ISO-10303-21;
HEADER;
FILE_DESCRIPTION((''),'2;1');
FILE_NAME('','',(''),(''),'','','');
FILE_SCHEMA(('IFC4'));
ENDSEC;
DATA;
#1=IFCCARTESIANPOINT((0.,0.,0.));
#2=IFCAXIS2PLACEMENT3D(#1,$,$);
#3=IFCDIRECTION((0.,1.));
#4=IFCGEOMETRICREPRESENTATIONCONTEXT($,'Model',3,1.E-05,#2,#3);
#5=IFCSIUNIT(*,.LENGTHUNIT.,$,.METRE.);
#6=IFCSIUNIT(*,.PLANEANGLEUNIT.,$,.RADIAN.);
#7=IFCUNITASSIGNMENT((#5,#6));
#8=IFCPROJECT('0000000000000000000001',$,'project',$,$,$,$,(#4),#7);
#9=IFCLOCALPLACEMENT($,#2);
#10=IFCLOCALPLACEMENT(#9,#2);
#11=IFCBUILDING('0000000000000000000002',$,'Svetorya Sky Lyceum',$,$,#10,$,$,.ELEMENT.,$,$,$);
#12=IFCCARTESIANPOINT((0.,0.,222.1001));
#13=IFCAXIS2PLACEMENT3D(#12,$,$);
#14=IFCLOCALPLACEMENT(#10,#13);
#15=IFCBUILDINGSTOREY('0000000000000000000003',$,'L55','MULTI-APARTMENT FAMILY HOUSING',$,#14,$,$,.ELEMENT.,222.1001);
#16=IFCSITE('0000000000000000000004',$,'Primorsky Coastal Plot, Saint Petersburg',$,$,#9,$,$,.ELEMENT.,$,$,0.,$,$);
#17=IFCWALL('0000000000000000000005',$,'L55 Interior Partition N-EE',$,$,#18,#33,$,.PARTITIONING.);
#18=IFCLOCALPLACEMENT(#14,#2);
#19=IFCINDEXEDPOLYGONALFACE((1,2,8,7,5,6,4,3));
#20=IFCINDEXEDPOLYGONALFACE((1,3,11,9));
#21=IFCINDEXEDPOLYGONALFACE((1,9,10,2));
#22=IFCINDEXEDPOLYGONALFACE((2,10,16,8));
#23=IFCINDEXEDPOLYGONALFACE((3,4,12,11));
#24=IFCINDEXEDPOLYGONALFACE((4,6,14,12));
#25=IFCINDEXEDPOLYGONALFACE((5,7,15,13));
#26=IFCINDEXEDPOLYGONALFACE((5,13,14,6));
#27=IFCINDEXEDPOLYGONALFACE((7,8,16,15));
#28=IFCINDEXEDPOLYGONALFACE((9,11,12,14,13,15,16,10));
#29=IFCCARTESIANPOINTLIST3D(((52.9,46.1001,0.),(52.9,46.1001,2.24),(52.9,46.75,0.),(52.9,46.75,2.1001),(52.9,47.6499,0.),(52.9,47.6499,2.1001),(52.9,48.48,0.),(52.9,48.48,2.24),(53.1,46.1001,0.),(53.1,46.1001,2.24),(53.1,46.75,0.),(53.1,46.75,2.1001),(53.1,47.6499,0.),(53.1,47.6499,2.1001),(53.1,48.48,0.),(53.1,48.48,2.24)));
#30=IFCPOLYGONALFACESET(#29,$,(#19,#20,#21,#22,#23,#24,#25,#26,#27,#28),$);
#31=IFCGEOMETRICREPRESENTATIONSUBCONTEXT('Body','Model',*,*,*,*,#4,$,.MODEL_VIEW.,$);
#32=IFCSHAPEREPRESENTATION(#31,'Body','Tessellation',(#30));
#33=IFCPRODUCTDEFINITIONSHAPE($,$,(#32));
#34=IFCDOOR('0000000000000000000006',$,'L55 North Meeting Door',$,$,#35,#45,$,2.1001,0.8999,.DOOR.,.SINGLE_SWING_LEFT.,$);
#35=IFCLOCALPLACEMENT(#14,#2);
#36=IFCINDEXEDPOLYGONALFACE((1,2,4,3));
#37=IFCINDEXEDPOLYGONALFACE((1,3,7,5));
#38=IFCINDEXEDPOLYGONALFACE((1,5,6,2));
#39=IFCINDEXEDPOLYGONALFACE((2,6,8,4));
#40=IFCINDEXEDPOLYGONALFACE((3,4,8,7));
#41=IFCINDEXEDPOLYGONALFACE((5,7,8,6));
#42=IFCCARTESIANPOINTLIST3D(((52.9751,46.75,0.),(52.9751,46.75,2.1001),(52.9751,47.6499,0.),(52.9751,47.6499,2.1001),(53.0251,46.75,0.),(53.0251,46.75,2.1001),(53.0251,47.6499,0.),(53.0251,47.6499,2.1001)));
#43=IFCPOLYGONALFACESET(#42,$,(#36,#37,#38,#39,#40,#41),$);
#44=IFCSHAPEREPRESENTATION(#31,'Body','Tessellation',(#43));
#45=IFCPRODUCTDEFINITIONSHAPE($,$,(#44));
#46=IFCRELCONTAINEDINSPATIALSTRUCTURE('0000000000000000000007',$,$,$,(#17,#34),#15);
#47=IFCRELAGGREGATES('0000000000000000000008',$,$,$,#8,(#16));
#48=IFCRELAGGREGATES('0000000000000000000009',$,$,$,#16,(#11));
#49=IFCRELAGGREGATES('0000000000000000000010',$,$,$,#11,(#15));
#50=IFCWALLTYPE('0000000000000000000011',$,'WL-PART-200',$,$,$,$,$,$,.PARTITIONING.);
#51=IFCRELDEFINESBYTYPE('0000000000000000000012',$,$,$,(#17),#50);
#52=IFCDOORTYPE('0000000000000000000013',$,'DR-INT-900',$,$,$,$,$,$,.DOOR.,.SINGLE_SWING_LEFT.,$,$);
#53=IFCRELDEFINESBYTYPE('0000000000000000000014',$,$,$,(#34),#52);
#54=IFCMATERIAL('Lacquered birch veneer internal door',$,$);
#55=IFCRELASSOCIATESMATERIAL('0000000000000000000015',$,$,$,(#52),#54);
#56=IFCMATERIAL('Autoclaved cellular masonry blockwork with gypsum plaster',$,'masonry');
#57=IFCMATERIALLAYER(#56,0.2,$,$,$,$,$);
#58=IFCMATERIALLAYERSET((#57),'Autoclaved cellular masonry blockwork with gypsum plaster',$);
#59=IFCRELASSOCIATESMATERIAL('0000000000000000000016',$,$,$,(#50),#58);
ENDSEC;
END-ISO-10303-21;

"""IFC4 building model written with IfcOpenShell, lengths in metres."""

from ifc_helpers import new_model, si_unit, direction, frame, frame_2d, origin, place, context, subcontext, project, spatial, rectangle, extrude, material, layer, layer_set, type_object, element, fill, save


model = new_model("IFC4")

# Units and contexts
model_context = context("Model", 3, precision=1e-05, world=origin(), true_north=direction((0.0, 1.0)))
body_context = subcontext(model_context, "Body", "Model", "MODEL_VIEW")
ifc_project = project(units=[si_unit("LENGTHUNIT", "METRE"), si_unit("PLANEANGLEUNIT", "RADIAN")], contexts=[model_context])

# Site, building, storey
site_placement = place(None, origin())
site = spatial("IfcSite", under=ifc_project, at=site_placement, Name="Primorsky Coastal Plot, Saint Petersburg", CompositionType="ELEMENT", RefElevation=0.0)
building_placement = place(site_placement, origin())
building = spatial("IfcBuilding", under=site, at=building_placement, Name="Svetorya Sky Lyceum", CompositionType="ELEMENT")
storey_placement = place(building_placement, frame((0.0, 0.0, 222.1001)))
storey = spatial("IfcBuildingStorey", under=building, at=storey_placement, Name="L55", Description="MULTI-APARTMENT FAMILY HOUSING", CompositionType="ELEMENT", Elevation=222.1001)

# Shared definitions
ifc_material_1 = material(Name="Lacquered birch veneer internal door")
door_type_1 = type_object("IfcDoorType", Name="DR-INT-900", OperationType="SINGLE_SWING_LEFT", PredefinedType="DOOR", material=ifc_material_1)

# Shared definitions
ifc_material_2 = material(Name="Autoclaved cellular masonry blockwork with gypsum plaster", Category="masonry")
ifc_layer_1 = layer(ifc_material_2, 0.2)
ifc_layer_set_1 = layer_set([ifc_layer_1], Name="Autoclaved cellular masonry blockwork with gypsum plaster")
wall_type_1 = type_object("IfcWallType", Name="WL-PART-200", PredefinedType="PARTITIONING", material=ifc_layer_set_1)

# Wall, opening, door
wall_1_placement = place(storey_placement, frame((53.0, 46.1001, 0.0), z_axis=(0.0, 0.0, 1.0), x_axis=(0.0, 1.0, 0.0)))
wall_1 = element("IfcWall", 1, at=wall_1_placement, inside=storey, type_object=wall_type_1, Name="L55 Interior Partition N-EE", PredefinedType="PARTITIONING", context=body_context, shape_type="SweptSolid", body=[
    extrude(rectangle(XDim=2.3799, YDim=0.2, at=frame_2d((1.1899, 0.0))), origin(), (0.0, 0.0, 1.0), 2.24),
])
opening_1_placement = place(wall_1_placement, frame((0.6499, 0.0, 0.0)))
opening_1 = element("IfcOpeningElement", 2, at=opening_1_placement, cuts=wall_1, PredefinedType="OPENING", context=body_context, shape_type="SweptSolid", body=[
    extrude(rectangle(XDim=0.8999, YDim=2.1001, at=frame_2d((0.45, 1.05))), frame((0.0, 0.1099, 0.0), z_axis=(0.0, -1.0, 0.0), x_axis=(1.0, 0.0, 0.0)), (0.0, 0.0, 1.0), 0.22),
])
door_1_placement = place(opening_1_placement, origin())
door_1 = element("IfcDoor", 3, at=door_1_placement, inside=storey, type_object=door_type_1, Name="L55 North Meeting Door", OperationType="SINGLE_SWING_LEFT", OverallHeight=2.1001, OverallWidth=0.8999, PredefinedType="DOOR", context=body_context, shape_type="SweptSolid", body=[
    extrude(rectangle(XDim=0.8999, YDim=2.1001, at=frame_2d((0.45, 1.05))), frame((0.0, 0.0249, 0.0), z_axis=(0.0, -1.0, 0.0), x_axis=(1.0, 0.0, 0.0)), (0.0, 0.0, 1.0), 0.05),
])
fill(opening_1, door_1)

save(model, "model.ifc")
